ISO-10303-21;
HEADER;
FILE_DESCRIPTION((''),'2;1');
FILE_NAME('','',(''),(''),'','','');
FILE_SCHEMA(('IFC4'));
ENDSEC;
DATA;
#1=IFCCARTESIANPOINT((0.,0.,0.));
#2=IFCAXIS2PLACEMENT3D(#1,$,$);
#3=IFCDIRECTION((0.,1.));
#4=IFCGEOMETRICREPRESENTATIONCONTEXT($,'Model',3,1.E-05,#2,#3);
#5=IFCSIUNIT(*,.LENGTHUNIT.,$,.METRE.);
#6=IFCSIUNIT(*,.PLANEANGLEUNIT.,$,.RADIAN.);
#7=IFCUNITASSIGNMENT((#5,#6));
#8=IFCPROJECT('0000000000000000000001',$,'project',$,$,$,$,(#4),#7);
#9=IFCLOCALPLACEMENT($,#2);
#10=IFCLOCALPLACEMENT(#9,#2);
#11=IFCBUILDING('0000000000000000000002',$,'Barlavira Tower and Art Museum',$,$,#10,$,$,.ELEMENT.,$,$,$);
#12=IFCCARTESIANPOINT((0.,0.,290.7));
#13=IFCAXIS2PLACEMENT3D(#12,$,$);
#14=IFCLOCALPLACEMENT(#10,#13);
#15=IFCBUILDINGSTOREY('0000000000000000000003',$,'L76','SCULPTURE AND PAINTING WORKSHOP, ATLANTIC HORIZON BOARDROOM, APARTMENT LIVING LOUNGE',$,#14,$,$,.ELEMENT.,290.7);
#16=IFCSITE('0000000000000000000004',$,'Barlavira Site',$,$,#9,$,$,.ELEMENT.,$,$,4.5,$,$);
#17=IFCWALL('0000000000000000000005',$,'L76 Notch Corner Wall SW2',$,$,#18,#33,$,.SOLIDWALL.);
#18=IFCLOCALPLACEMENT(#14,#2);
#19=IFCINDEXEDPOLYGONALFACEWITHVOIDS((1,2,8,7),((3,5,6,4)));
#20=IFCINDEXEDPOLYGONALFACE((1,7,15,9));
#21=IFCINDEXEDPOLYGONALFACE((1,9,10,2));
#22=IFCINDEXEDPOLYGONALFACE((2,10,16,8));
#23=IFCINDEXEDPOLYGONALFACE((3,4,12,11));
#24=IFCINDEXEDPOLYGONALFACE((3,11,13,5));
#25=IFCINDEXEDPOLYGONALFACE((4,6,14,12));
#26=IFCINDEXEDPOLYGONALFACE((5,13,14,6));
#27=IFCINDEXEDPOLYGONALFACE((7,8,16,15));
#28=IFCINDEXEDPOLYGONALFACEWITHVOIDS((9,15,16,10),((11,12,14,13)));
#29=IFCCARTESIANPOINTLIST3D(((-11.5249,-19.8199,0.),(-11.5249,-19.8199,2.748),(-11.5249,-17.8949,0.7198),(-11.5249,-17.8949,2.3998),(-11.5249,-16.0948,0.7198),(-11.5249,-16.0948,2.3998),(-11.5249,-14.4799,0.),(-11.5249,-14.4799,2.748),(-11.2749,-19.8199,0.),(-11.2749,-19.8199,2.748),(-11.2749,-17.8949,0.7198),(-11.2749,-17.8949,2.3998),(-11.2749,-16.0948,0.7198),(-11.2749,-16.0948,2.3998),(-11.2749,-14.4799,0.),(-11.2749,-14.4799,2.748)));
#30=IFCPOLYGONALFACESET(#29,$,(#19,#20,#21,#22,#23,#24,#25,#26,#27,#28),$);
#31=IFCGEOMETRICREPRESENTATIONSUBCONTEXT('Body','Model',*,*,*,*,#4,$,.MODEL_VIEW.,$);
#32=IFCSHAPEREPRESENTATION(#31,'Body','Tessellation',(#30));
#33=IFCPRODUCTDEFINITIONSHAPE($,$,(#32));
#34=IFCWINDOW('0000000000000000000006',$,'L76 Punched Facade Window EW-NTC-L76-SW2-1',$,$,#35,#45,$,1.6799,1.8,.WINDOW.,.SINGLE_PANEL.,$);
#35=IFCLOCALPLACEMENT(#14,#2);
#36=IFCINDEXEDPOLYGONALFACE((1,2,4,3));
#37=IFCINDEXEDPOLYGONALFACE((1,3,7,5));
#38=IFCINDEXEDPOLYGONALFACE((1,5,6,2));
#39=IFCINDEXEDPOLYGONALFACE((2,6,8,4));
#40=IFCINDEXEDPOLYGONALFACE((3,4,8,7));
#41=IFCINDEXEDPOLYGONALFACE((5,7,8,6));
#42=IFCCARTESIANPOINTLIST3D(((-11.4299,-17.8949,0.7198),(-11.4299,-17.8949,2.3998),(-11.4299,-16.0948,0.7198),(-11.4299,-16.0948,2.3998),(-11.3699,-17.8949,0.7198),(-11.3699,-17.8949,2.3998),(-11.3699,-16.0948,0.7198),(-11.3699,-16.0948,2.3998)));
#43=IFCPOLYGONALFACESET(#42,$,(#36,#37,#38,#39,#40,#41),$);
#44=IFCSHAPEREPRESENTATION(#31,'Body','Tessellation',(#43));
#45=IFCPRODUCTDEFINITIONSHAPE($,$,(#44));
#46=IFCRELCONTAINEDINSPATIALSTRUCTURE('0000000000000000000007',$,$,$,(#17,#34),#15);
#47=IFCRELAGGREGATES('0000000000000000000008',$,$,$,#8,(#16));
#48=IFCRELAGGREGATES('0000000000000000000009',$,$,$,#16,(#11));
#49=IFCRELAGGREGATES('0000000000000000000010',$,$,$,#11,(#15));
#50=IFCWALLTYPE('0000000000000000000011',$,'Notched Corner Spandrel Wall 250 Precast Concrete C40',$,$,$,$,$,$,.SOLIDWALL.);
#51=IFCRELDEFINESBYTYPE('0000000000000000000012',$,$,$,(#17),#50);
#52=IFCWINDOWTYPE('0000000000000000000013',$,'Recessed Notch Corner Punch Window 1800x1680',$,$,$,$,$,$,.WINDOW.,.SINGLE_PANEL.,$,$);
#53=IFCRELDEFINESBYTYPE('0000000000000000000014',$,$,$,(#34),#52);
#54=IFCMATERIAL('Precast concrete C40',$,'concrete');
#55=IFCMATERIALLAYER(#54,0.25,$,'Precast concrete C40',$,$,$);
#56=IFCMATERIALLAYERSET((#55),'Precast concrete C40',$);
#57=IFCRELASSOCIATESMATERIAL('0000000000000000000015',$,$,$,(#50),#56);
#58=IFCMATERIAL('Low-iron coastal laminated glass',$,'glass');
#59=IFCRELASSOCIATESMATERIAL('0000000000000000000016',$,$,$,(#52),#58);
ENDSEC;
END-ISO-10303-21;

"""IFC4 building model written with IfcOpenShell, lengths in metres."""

from ifc_helpers import new_model, si_unit, direction, frame, frame_2d, origin, place, context, subcontext, project, spatial, rectangle, extrude, material, layer, layer_set, type_object, element, fill, save


model = new_model("IFC4")

# Units and contexts
model_context = context("Model", 3, precision=1e-05, world=origin(), true_north=direction((0.0, 1.0)))
body_context = subcontext(model_context, "Body", "Model", "MODEL_VIEW")
ifc_project = project(units=[si_unit("LENGTHUNIT", "METRE"), si_unit("PLANEANGLEUNIT", "RADIAN")], contexts=[model_context])

# Site, building, storey
site_placement = place(None, origin())
site = spatial("IfcSite", under=ifc_project, at=site_placement, Name="Barlavira Site", CompositionType="ELEMENT", RefElevation=4.5)
building_placement = place(site_placement, origin())
building = spatial("IfcBuilding", under=site, at=building_placement, Name="Barlavira Tower and Art Museum", CompositionType="ELEMENT")
storey_placement = place(building_placement, frame((0.0, 0.0, 290.7)))
storey = spatial("IfcBuildingStorey", under=building, at=storey_placement, Name="L76", Description="SCULPTURE AND PAINTING WORKSHOP, ATLANTIC HORIZON BOARDROOM, APARTMENT LIVING LOUNGE", CompositionType="ELEMENT", Elevation=290.7)

# Shared definitions
ifc_material_1 = material(Name="Precast concrete C40", Category="concrete")
ifc_layer_1 = layer(ifc_material_1, 0.25, Name="Precast concrete C40")
ifc_layer_set_1 = layer_set([ifc_layer_1], Name="Precast concrete C40")
wall_type = type_object("IfcWallType", Name="Notched Corner Spandrel Wall 250 Precast Concrete C40", PredefinedType="SOLIDWALL", material=ifc_layer_set_1)
ifc_material_2 = material(Name="Low-iron coastal laminated glass", Category="glass")
window_type = type_object("IfcWindowType", Name="Recessed Notch Corner Punch Window 1800x1680", PartitioningType="SINGLE_PANEL", PredefinedType="WINDOW", material=ifc_material_2)

# Wall, opening, window
wall_1_placement = place(storey_placement, frame((-11.3999, -14.48, 0.0), z_axis=(0.0, 0.0, 1.0), x_axis=(0.0, -1.0, 0.0)))
wall_1 = element("IfcWall", 1, at=wall_1_placement, inside=storey, type_object=wall_type, Name="L76 Notch Corner Wall SW2", PredefinedType="SOLIDWALL", context=body_context, shape_type="SweptSolid", body=[
    extrude(rectangle(XDim=5.3401, YDim=0.25, at=frame_2d((2.6699, 0.0))), origin(), (0.0, 0.0, 1.0), 2.748),
])
opening_1_placement = place(wall_1_placement, frame((1.615, 0.0, 0.72)))
opening_1 = element("IfcOpeningElement", 2, at=opening_1_placement, cuts=wall_1, PredefinedType="OPENING", context=body_context, shape_type="SweptSolid", body=[
    extrude(rectangle(XDim=1.8, YDim=1.6799, at=frame_2d((0.8999, 0.8398))), frame((0.0, 0.135, 0.0), z_axis=(0.0, -1.0, 0.0), x_axis=(1.0, 0.0, 0.0)), (0.0, 0.0, 1.0), 0.27),
])
window_1_placement = place(opening_1_placement, origin())
window_1 = element("IfcWindow", 3, at=window_1_placement, inside=storey, type_object=window_type, Name="L76 Punched Facade Window EW-NTC-L76-SW2-1", OverallHeight=1.6799, OverallWidth=1.8, PartitioningType="SINGLE_PANEL", PredefinedType="WINDOW", context=body_context, shape_type="SweptSolid", body=[
    extrude(rectangle(XDim=1.8, YDim=1.6799, at=frame_2d((0.8999, 0.8398))), frame((0.0, 0.03, 0.0), z_axis=(0.0, -1.0, 0.0), x_axis=(1.0, 0.0, 0.0)), (0.0, 0.0, 1.0), 0.0601),
])
fill(opening_1, window_1)

save(model, "model.ifc")
